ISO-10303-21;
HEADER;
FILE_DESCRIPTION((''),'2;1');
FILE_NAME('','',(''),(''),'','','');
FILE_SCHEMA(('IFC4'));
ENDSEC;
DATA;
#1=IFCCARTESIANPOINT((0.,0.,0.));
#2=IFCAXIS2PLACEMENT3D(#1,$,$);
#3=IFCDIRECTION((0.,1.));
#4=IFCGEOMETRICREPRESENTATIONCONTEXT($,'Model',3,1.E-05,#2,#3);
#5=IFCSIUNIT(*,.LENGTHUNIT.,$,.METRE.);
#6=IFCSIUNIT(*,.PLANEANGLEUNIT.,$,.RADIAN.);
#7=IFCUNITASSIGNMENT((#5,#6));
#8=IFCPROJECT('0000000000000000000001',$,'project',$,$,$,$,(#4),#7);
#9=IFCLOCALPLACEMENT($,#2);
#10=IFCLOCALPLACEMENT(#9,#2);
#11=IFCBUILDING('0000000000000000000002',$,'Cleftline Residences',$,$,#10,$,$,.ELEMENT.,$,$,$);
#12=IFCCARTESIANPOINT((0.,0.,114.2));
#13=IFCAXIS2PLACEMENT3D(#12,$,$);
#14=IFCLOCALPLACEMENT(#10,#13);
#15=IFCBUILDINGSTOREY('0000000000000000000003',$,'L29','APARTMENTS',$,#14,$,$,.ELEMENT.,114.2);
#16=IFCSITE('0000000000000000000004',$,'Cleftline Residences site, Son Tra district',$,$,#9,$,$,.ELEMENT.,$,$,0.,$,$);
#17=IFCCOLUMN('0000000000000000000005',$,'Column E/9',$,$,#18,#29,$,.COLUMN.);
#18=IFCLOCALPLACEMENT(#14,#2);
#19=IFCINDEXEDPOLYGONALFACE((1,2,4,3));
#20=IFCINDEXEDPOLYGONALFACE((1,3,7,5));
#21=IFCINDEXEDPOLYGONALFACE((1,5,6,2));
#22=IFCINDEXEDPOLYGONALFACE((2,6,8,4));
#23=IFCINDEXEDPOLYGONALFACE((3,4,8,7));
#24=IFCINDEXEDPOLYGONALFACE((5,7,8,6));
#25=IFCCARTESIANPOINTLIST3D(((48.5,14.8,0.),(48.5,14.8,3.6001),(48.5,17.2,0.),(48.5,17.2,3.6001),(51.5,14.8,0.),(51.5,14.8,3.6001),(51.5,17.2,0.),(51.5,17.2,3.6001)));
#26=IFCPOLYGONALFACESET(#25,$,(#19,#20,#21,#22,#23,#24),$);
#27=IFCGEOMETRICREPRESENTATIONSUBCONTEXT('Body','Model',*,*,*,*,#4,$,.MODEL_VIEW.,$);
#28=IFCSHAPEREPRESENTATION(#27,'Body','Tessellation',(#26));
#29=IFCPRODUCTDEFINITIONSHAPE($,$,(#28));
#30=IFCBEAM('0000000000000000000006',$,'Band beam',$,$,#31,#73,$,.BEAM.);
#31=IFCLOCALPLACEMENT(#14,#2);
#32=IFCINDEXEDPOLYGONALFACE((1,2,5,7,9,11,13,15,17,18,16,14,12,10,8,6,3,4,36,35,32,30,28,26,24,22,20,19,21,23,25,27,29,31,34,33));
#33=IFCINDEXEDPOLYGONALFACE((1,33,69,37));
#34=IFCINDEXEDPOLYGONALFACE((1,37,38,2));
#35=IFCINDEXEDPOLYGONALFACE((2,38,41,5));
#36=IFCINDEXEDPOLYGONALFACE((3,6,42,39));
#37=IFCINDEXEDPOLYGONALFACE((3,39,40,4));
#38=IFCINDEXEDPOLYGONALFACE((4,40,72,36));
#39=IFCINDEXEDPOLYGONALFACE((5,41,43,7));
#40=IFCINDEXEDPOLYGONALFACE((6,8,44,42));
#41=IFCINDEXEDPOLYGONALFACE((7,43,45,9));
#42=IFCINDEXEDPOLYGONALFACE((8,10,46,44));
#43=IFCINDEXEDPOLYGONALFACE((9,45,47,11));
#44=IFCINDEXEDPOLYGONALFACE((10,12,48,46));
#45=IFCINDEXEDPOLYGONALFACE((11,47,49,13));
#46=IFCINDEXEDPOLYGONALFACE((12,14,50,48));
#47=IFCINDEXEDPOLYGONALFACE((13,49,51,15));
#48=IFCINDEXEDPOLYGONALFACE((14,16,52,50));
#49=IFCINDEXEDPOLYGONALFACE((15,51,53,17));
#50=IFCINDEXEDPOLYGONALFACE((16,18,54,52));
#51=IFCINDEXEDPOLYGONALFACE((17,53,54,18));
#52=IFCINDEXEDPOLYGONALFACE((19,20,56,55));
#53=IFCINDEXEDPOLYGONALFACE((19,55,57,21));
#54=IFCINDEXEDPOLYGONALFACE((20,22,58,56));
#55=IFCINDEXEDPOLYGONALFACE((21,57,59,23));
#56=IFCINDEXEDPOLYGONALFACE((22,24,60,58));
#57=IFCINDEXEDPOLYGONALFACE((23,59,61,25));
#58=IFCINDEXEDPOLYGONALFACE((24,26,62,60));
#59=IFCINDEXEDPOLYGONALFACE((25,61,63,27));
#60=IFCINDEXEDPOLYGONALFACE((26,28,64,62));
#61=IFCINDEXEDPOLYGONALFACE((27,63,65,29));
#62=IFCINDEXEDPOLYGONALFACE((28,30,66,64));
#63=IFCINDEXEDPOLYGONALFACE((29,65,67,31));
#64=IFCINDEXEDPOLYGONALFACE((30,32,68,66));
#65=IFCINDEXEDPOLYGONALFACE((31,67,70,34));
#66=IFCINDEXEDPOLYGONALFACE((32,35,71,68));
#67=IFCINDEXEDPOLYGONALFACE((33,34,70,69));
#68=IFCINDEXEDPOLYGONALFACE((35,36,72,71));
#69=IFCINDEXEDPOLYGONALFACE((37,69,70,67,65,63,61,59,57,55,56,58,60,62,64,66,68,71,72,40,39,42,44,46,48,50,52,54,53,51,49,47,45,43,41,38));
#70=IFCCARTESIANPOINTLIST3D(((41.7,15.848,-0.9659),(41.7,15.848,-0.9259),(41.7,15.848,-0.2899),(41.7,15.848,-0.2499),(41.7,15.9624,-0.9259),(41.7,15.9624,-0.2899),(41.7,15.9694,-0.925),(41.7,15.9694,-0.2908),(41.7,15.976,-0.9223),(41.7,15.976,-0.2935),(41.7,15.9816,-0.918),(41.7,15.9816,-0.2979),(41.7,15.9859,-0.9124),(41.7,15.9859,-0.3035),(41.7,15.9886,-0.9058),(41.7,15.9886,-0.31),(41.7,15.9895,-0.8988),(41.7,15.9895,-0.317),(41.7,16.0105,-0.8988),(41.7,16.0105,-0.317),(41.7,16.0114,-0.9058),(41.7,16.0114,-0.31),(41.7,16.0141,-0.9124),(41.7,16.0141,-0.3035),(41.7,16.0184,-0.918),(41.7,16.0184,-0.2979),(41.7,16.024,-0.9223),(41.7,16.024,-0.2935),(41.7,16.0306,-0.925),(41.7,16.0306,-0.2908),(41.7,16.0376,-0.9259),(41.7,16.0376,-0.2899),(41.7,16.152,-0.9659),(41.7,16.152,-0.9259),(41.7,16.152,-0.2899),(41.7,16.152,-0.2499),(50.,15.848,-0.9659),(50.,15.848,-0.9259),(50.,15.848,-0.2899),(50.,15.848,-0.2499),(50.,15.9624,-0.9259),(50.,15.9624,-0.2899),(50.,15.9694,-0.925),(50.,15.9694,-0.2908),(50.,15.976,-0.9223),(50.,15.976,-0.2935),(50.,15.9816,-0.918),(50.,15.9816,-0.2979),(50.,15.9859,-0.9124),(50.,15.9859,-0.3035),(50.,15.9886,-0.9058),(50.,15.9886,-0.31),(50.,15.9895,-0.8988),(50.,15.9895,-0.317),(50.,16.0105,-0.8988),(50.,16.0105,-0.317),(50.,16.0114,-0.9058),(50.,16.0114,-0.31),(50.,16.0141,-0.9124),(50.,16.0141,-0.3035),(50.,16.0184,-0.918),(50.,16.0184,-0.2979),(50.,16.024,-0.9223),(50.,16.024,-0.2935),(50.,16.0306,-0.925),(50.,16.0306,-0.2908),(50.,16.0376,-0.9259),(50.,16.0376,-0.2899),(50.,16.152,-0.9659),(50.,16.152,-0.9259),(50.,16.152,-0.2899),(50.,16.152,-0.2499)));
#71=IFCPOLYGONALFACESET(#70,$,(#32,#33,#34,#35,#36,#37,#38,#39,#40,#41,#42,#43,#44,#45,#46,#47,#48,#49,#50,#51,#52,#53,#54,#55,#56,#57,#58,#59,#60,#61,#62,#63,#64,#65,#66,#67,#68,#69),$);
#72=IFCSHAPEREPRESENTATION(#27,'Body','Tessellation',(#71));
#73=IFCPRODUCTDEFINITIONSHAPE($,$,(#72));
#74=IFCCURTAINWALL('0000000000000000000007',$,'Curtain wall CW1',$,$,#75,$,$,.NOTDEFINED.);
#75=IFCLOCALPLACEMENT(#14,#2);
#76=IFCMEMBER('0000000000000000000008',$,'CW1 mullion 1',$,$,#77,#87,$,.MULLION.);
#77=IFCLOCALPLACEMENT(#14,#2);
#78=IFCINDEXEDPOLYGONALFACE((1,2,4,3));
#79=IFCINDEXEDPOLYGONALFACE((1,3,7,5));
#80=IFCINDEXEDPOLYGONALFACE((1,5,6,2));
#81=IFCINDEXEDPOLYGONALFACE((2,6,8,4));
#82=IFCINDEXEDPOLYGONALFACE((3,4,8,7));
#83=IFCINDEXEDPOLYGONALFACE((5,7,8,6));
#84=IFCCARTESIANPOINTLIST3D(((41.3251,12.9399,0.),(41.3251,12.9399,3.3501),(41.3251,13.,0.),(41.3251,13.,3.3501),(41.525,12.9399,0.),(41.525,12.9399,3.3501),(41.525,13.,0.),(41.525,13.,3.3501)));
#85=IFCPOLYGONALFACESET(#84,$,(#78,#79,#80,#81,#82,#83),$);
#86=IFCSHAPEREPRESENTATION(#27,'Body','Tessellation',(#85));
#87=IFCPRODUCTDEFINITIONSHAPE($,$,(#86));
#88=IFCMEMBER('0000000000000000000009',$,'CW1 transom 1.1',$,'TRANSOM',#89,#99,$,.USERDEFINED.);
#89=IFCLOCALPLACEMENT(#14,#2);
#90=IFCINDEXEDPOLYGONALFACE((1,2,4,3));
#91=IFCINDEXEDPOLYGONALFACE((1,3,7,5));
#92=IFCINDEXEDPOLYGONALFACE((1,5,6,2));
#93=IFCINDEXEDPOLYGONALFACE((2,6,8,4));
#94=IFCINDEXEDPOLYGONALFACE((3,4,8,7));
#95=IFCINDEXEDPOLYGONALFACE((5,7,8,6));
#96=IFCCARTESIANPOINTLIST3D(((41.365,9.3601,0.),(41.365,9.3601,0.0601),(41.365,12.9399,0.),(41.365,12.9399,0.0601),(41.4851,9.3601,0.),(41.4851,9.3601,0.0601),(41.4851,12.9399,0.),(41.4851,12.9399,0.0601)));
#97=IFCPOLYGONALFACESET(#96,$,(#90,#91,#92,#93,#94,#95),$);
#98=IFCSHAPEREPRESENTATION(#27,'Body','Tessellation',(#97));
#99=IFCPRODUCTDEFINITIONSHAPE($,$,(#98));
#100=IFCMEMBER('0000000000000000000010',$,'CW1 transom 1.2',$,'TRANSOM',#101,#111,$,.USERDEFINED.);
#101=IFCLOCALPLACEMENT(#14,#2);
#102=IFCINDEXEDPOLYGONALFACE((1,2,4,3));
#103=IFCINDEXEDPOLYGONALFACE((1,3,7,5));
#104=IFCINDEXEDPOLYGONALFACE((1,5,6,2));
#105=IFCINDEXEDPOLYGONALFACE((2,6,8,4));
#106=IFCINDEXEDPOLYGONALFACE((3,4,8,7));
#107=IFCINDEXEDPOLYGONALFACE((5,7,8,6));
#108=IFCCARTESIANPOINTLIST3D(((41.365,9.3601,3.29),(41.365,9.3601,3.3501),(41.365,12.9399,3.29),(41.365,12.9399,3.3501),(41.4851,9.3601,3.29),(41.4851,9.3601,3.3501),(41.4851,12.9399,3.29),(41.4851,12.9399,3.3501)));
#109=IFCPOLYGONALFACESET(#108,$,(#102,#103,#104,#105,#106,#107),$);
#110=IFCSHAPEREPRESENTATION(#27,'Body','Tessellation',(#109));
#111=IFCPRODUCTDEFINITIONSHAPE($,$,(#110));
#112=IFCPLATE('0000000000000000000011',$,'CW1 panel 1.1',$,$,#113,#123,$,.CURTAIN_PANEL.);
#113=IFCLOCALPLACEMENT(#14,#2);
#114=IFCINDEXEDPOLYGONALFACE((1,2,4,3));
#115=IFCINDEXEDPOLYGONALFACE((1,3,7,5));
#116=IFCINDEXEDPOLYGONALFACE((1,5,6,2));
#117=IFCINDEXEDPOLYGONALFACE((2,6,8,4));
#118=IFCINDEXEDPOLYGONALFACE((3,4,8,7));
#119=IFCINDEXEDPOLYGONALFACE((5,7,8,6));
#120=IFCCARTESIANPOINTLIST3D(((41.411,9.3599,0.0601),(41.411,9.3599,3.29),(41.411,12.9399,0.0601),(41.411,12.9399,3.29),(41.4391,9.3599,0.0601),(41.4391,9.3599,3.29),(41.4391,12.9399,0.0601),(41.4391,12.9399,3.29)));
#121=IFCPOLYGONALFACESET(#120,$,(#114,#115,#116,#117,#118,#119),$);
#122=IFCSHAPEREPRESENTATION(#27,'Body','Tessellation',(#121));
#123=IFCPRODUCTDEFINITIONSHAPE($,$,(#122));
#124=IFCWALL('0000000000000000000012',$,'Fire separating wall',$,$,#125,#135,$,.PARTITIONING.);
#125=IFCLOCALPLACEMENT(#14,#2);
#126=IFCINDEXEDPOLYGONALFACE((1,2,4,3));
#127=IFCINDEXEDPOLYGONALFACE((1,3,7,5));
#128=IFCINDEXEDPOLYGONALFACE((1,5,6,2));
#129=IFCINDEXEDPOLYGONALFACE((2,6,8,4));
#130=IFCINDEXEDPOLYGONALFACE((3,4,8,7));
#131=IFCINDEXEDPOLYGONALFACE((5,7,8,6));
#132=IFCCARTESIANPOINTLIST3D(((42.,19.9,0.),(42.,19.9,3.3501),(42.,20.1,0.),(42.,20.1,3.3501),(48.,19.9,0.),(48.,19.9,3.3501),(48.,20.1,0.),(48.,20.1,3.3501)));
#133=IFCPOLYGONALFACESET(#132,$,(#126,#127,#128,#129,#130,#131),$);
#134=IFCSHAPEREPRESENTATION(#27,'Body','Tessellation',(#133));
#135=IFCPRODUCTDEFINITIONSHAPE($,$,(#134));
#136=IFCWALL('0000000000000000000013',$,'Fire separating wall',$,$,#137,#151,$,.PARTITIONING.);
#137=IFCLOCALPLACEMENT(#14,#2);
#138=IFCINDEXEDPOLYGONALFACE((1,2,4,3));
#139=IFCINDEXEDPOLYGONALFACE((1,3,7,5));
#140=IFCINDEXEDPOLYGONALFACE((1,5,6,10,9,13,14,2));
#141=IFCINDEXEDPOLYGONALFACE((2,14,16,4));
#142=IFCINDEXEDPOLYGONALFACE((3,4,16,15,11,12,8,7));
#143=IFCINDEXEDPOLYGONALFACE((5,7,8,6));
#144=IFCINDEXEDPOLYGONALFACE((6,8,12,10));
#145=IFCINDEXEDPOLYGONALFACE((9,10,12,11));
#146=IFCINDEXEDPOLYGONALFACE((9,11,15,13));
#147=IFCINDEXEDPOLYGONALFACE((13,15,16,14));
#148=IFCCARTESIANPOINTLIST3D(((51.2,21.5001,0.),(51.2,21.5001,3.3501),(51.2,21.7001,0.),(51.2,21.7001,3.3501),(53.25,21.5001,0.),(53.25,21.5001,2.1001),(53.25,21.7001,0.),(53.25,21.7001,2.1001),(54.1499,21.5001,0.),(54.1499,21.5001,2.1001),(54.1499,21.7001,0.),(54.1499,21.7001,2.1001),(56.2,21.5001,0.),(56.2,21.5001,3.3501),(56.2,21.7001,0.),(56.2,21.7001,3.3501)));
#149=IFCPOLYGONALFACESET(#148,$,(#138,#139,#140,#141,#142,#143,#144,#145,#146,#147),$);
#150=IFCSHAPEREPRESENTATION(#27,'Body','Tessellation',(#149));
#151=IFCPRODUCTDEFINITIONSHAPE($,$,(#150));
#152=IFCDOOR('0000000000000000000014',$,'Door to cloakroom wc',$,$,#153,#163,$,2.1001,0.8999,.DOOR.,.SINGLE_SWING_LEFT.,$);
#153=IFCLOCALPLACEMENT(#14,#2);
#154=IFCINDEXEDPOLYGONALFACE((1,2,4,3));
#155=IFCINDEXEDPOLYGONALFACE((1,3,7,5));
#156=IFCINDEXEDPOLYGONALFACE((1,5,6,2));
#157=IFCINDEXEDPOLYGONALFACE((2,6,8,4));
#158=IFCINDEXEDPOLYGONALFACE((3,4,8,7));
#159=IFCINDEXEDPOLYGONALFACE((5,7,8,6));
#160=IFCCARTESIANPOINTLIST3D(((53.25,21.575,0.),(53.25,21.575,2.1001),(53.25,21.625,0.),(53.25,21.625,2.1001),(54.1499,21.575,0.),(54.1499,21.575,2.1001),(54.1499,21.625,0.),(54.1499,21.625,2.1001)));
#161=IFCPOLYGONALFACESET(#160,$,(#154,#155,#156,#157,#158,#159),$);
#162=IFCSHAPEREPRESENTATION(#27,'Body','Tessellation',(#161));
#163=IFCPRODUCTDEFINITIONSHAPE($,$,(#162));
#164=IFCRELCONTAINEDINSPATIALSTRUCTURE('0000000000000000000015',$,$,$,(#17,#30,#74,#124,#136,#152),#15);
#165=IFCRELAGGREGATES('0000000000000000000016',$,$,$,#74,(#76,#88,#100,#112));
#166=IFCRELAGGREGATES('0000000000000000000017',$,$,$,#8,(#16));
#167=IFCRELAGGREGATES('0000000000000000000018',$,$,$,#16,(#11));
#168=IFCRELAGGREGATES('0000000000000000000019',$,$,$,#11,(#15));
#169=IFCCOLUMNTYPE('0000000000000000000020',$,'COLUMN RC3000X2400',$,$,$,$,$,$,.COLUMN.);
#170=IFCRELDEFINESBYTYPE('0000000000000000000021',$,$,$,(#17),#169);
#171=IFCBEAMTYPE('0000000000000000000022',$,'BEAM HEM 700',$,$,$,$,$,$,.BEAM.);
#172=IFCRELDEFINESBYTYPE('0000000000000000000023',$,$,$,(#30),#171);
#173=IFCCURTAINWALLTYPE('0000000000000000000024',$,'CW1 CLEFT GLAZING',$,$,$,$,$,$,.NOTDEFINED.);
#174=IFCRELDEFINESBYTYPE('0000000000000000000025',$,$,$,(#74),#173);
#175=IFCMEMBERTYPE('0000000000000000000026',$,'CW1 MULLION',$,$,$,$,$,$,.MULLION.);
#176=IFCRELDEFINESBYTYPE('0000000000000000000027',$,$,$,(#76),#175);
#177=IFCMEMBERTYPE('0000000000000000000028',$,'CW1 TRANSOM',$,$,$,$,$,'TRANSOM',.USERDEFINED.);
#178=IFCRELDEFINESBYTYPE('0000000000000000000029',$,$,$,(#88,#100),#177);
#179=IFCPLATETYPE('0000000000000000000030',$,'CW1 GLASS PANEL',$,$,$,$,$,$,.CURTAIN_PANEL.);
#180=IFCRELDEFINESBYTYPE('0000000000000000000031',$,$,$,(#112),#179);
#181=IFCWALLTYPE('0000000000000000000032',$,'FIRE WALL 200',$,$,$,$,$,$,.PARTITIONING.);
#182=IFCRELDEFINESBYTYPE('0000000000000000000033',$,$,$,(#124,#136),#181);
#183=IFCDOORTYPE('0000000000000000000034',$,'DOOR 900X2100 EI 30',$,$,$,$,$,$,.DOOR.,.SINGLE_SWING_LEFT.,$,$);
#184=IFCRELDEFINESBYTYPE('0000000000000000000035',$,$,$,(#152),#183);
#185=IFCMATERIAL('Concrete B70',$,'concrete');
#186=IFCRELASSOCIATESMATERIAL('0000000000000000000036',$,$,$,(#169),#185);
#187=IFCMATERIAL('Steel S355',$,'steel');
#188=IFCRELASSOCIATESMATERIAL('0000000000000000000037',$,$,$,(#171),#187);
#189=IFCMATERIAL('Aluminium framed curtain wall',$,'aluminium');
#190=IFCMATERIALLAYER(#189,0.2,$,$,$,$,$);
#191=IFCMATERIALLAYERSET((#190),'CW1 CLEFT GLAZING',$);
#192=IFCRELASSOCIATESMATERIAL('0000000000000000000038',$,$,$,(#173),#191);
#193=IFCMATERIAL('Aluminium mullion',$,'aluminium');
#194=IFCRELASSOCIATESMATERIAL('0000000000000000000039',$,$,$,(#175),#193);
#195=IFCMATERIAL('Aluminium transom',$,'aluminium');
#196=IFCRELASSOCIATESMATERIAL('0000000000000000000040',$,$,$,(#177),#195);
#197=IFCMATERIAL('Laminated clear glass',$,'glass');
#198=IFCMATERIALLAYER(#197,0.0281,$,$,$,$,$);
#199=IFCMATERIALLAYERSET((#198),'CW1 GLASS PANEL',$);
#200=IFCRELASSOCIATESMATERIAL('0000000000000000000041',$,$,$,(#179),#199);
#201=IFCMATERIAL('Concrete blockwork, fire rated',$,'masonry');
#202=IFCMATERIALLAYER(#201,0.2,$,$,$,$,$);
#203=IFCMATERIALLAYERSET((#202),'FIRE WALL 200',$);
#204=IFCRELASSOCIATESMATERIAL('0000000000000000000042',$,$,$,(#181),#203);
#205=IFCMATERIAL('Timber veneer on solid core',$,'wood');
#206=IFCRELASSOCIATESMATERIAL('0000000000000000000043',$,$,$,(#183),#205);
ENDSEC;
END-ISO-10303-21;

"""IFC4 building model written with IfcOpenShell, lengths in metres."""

from ifc_helpers import new_model, si_unit, direction, frame, frame_2d, origin, origin_2d, place, context, subcontext, project, spatial, rectangle, i_section, extrude, material, layer, layer_set, material_profile, profile_set, type_object, element, fill, aggregate, save


model = new_model("IFC4")

# Units and contexts
model_context = context("Model", 3, precision=1e-05, world=origin(), true_north=direction((0.0, 1.0)))
body_context = subcontext(model_context, "Body", "Model", "MODEL_VIEW")
ifc_project = project(units=[si_unit("LENGTHUNIT", "METRE"), si_unit("PLANEANGLEUNIT", "RADIAN")], contexts=[model_context])

# Site, building, storey
site_placement = place(None, origin())
site = spatial("IfcSite", under=ifc_project, at=site_placement, Name="Cleftline Residences site, Son Tra district", CompositionType="ELEMENT", RefElevation=0.0)
building_placement = place(site_placement, origin())
building = spatial("IfcBuilding", under=site, at=building_placement, Name="Cleftline Residences", CompositionType="ELEMENT")
storey_placement = place(building_placement, frame((0.0, 0.0, 114.2)))
storey = spatial("IfcBuildingStorey", under=building, at=storey_placement, Name="L29", Description="APARTMENTS", CompositionType="ELEMENT", Elevation=114.2)

# Column
ifc_material_1 = material(Name="Concrete B70", Category="concrete")
ifc_material_profile_1 = material_profile(ifc_material_1, rectangle(XDim=3.0, YDim=2.3999, at=origin_2d()))
ifc_profile_set_1 = profile_set([ifc_material_profile_1], Name="Concrete B70")
column_type = type_object("IfcColumnType", Name="COLUMN RC3000X2400", PredefinedType="COLUMN", material=ifc_profile_set_1)
column_placement = place(storey_placement, frame((50.0, 16.0, 0.0), z_axis=(0.0, 0.0, 1.0), x_axis=(1.0, 0.0, 0.0)))
element("IfcColumn", 1, at=column_placement, inside=storey, type_object=column_type, Name="Column E/9", PredefinedType="COLUMN", context=body_context, shape_type="SweptSolid", body=[
    extrude(rectangle(XDim=3.0, YDim=2.3999, at=origin_2d()), origin(), (0.0, 0.0, 1.0), 3.6001),
])

# Beam
ifc_material_2 = material(Name="Steel S355", Category="steel")
ifc_material_profile_2 = material_profile(ifc_material_2, i_section(OverallWidth=0.304, OverallDepth=0.7161, WebThickness=0.021, FlangeThickness=0.04, FilletRadius=0.0271, at=origin_2d()))
ifc_profile_set_2 = profile_set([ifc_material_profile_2], Name="Steel S355")
beam_type = type_object("IfcBeamType", Name="BEAM HEM 700", PredefinedType="BEAM", material=ifc_profile_set_2)
beam_placement = place(storey_placement, frame((50.0, 16.0, -0.6079), z_axis=(-1.0, 0.0, 0.0), x_axis=(0.0, -1.0, 0.0)))
element("IfcBeam", 2, at=beam_placement, inside=storey, type_object=beam_type, Name="Band beam", PredefinedType="BEAM", context=body_context, shape_type="SweptSolid", body=[
    extrude(i_section(OverallWidth=0.304, OverallDepth=0.7161, WebThickness=0.021, FlangeThickness=0.04, FilletRadius=0.0271, at=origin_2d()), origin(), (0.0, 0.0, 1.0), 8.3),
])

# Curtain wall, members, plate
ifc_material_3 = material(Name="Aluminium framed curtain wall", Category="aluminium")
ifc_layer_1 = layer(ifc_material_3, 0.2)
ifc_layer_set_1 = layer_set([ifc_layer_1], Name="CW1 CLEFT GLAZING")
curtain_wall_type = type_object("IfcCurtainWallType", Name="CW1 CLEFT GLAZING", PredefinedType="NOTDEFINED", material=ifc_layer_set_1)
curtain_wall_placement = place(storey_placement, origin())
curtain_wall = element("IfcCurtainWall", 3, at=curtain_wall_placement, inside=storey, type_object=curtain_wall_type, Name="Curtain wall CW1", PredefinedType="NOTDEFINED")
ifc_material_4 = material(Name="Aluminium mullion", Category="aluminium")
ifc_material_profile_3 = material_profile(ifc_material_4, rectangle(XDim=0.2, YDim=0.0601, at=origin_2d()))
ifc_profile_set_3 = profile_set([ifc_material_profile_3], Name="Aluminium mullion")
member_type_1 = type_object("IfcMemberType", Name="CW1 MULLION", PredefinedType="MULLION", material=ifc_profile_set_3)
member_1_placement = place(storey_placement, frame((41.425, 12.97, 0.0), z_axis=(0.0, 0.0, 1.0), x_axis=(1.0, 0.0, 0.0)))
member_1 = element("IfcMember", 4, at=member_1_placement, type_object=member_type_1, Name="CW1 mullion 1", PredefinedType="MULLION", context=body_context, shape_type="SweptSolid", body=[
    extrude(rectangle(XDim=0.2, YDim=0.0601, at=origin_2d()), origin(), (0.0, 0.0, 1.0), 3.3501),
])
ifc_material_5 = material(Name="Aluminium transom", Category="aluminium")
ifc_material_profile_4 = material_profile(ifc_material_5, rectangle(XDim=0.1201, YDim=0.0601, at=origin_2d()))
ifc_profile_set_4 = profile_set([ifc_material_profile_4], Name="Aluminium transom")
member_type_2 = type_object("IfcMemberType", Name="CW1 TRANSOM", ElementType="TRANSOM", PredefinedType="USERDEFINED", material=ifc_profile_set_4)
member_2_placement = place(storey_placement, frame((41.425, 12.9399, 0.03), z_axis=(0.0, -1.0, 0.0), x_axis=(1.0, 0.0, 0.0)))
member_2 = element("IfcMember", 5, at=member_2_placement, type_object=member_type_2, Name="CW1 transom 1.1", ObjectType="TRANSOM", PredefinedType="USERDEFINED", context=body_context, shape_type="SweptSolid", body=[
    extrude(rectangle(XDim=0.1201, YDim=0.0601, at=origin_2d()), origin(), (0.0, 0.0, 1.0), 3.5798),
])
member_3_placement = place(storey_placement, frame((41.425, 12.9399, 3.3201), z_axis=(0.0, -1.0, 0.0), x_axis=(1.0, 0.0, 0.0)))
member_3 = element("IfcMember", 6, at=member_3_placement, type_object=member_type_2, Name="CW1 transom 1.2", ObjectType="TRANSOM", PredefinedType="USERDEFINED", context=body_context, shape_type="SweptSolid", body=[
    extrude(rectangle(XDim=0.1201, YDim=0.0601, at=origin_2d()), origin(), (0.0, 0.0, 1.0), 3.5798),
])
ifc_material_6 = material(Name="Laminated clear glass", Category="glass")
ifc_layer_2 = layer(ifc_material_6, 0.0281)
ifc_layer_set_2 = layer_set([ifc_layer_2], Name="CW1 GLASS PANEL")
plate_type = type_object("IfcPlateType", Name="CW1 GLASS PANEL", PredefinedType="CURTAIN_PANEL", material=ifc_layer_set_2)
plate_placement = place(storey_placement, frame((41.425, 11.1499, 0.0601), z_axis=(0.0, 0.0, 1.0), x_axis=(0.0, -1.0, 0.0)))
plate = element("IfcPlate", 7, at=plate_placement, type_object=plate_type, Name="CW1 panel 1.1", PredefinedType="CURTAIN_PANEL", context=body_context, shape_type="SweptSolid", body=[
    extrude(rectangle(XDim=3.5801, YDim=0.0281, at=origin_2d()), origin(), (0.0, 0.0, 1.0), 3.23),
])
aggregate(curtain_wall, [member_1, member_2, member_3, plate])

# Wall
ifc_material_7 = material(Name="Concrete blockwork, fire rated", Category="masonry")
ifc_layer_3 = layer(ifc_material_7, 0.2)
ifc_layer_set_3 = layer_set([ifc_layer_3], Name="FIRE WALL 200")
wall_type_1 = type_object("IfcWallType", Name="FIRE WALL 200", PredefinedType="PARTITIONING", material=ifc_layer_set_3)
wall_1_placement = place(storey_placement, frame((42.0, 20.0, 0.0), z_axis=(0.0, 0.0, 1.0), x_axis=(1.0, 0.0, 0.0)))
element("IfcWall", 8, at=wall_1_placement, inside=storey, type_object=wall_type_1, Name="Fire separating wall", PredefinedType="PARTITIONING", context=body_context, shape_type="SweptSolid", body=[
    extrude(rectangle(XDim=6.0, YDim=0.2, at=frame_2d((3.0, 0.0))), origin(), (0.0, 0.0, 1.0), 3.3501),
])

# Wall, opening, door
wall_2_placement = place(storey_placement, frame((51.2, 21.6001, 0.0), z_axis=(0.0, 0.0, 1.0), x_axis=(1.0, 0.0, 0.0)))
wall_2 = element("IfcWall", 9, at=wall_2_placement, inside=storey, type_object=wall_type_1, Name="Fire separating wall", PredefinedType="PARTITIONING", context=body_context, shape_type="SweptSolid", body=[
    extrude(rectangle(XDim=5.0, YDim=0.2, at=frame_2d((2.5, 0.0))), origin(), (0.0, 0.0, 1.0), 3.3501),
])
opening_1_placement = place(wall_2_placement, frame((2.05, 0.0, 0.0)))
opening_1 = element("IfcOpeningElement", 10, at=opening_1_placement, cuts=wall_2, PredefinedType="OPENING", context=body_context, shape_type="SweptSolid", body=[
    extrude(rectangle(XDim=0.8999, YDim=2.1001, at=frame_2d((0.45, 1.05))), frame((0.0, 0.1099, 0.0), z_axis=(0.0, -1.0, 0.0), x_axis=(1.0, 0.0, 0.0)), (0.0, 0.0, 1.0), 0.22),
])
ifc_material_8 = material(Name="Timber veneer on solid core", Category="wood")
door_type_1 = type_object("IfcDoorType", Name="DOOR 900X2100 EI 30", OperationType="SINGLE_SWING_LEFT", PredefinedType="DOOR", material=ifc_material_8)
door_1_placement = place(opening_1_placement, origin())
door_1 = element("IfcDoor", 11, at=door_1_placement, inside=storey, type_object=door_type_1, Name="Door to cloakroom wc", OperationType="SINGLE_SWING_LEFT", OverallHeight=2.1001, OverallWidth=0.8999, PredefinedType="DOOR", context=body_context, shape_type="SweptSolid", body=[
    extrude(rectangle(XDim=0.8999, YDim=2.1001, at=frame_2d((0.45, 1.05))), frame((0.0, 0.0249, 0.0), z_axis=(0.0, -1.0, 0.0), x_axis=(1.0, 0.0, 0.0)), (0.0, 0.0, 1.0), 0.05),
])
fill(opening_1, door_1)

save(model, "model.ifc")
